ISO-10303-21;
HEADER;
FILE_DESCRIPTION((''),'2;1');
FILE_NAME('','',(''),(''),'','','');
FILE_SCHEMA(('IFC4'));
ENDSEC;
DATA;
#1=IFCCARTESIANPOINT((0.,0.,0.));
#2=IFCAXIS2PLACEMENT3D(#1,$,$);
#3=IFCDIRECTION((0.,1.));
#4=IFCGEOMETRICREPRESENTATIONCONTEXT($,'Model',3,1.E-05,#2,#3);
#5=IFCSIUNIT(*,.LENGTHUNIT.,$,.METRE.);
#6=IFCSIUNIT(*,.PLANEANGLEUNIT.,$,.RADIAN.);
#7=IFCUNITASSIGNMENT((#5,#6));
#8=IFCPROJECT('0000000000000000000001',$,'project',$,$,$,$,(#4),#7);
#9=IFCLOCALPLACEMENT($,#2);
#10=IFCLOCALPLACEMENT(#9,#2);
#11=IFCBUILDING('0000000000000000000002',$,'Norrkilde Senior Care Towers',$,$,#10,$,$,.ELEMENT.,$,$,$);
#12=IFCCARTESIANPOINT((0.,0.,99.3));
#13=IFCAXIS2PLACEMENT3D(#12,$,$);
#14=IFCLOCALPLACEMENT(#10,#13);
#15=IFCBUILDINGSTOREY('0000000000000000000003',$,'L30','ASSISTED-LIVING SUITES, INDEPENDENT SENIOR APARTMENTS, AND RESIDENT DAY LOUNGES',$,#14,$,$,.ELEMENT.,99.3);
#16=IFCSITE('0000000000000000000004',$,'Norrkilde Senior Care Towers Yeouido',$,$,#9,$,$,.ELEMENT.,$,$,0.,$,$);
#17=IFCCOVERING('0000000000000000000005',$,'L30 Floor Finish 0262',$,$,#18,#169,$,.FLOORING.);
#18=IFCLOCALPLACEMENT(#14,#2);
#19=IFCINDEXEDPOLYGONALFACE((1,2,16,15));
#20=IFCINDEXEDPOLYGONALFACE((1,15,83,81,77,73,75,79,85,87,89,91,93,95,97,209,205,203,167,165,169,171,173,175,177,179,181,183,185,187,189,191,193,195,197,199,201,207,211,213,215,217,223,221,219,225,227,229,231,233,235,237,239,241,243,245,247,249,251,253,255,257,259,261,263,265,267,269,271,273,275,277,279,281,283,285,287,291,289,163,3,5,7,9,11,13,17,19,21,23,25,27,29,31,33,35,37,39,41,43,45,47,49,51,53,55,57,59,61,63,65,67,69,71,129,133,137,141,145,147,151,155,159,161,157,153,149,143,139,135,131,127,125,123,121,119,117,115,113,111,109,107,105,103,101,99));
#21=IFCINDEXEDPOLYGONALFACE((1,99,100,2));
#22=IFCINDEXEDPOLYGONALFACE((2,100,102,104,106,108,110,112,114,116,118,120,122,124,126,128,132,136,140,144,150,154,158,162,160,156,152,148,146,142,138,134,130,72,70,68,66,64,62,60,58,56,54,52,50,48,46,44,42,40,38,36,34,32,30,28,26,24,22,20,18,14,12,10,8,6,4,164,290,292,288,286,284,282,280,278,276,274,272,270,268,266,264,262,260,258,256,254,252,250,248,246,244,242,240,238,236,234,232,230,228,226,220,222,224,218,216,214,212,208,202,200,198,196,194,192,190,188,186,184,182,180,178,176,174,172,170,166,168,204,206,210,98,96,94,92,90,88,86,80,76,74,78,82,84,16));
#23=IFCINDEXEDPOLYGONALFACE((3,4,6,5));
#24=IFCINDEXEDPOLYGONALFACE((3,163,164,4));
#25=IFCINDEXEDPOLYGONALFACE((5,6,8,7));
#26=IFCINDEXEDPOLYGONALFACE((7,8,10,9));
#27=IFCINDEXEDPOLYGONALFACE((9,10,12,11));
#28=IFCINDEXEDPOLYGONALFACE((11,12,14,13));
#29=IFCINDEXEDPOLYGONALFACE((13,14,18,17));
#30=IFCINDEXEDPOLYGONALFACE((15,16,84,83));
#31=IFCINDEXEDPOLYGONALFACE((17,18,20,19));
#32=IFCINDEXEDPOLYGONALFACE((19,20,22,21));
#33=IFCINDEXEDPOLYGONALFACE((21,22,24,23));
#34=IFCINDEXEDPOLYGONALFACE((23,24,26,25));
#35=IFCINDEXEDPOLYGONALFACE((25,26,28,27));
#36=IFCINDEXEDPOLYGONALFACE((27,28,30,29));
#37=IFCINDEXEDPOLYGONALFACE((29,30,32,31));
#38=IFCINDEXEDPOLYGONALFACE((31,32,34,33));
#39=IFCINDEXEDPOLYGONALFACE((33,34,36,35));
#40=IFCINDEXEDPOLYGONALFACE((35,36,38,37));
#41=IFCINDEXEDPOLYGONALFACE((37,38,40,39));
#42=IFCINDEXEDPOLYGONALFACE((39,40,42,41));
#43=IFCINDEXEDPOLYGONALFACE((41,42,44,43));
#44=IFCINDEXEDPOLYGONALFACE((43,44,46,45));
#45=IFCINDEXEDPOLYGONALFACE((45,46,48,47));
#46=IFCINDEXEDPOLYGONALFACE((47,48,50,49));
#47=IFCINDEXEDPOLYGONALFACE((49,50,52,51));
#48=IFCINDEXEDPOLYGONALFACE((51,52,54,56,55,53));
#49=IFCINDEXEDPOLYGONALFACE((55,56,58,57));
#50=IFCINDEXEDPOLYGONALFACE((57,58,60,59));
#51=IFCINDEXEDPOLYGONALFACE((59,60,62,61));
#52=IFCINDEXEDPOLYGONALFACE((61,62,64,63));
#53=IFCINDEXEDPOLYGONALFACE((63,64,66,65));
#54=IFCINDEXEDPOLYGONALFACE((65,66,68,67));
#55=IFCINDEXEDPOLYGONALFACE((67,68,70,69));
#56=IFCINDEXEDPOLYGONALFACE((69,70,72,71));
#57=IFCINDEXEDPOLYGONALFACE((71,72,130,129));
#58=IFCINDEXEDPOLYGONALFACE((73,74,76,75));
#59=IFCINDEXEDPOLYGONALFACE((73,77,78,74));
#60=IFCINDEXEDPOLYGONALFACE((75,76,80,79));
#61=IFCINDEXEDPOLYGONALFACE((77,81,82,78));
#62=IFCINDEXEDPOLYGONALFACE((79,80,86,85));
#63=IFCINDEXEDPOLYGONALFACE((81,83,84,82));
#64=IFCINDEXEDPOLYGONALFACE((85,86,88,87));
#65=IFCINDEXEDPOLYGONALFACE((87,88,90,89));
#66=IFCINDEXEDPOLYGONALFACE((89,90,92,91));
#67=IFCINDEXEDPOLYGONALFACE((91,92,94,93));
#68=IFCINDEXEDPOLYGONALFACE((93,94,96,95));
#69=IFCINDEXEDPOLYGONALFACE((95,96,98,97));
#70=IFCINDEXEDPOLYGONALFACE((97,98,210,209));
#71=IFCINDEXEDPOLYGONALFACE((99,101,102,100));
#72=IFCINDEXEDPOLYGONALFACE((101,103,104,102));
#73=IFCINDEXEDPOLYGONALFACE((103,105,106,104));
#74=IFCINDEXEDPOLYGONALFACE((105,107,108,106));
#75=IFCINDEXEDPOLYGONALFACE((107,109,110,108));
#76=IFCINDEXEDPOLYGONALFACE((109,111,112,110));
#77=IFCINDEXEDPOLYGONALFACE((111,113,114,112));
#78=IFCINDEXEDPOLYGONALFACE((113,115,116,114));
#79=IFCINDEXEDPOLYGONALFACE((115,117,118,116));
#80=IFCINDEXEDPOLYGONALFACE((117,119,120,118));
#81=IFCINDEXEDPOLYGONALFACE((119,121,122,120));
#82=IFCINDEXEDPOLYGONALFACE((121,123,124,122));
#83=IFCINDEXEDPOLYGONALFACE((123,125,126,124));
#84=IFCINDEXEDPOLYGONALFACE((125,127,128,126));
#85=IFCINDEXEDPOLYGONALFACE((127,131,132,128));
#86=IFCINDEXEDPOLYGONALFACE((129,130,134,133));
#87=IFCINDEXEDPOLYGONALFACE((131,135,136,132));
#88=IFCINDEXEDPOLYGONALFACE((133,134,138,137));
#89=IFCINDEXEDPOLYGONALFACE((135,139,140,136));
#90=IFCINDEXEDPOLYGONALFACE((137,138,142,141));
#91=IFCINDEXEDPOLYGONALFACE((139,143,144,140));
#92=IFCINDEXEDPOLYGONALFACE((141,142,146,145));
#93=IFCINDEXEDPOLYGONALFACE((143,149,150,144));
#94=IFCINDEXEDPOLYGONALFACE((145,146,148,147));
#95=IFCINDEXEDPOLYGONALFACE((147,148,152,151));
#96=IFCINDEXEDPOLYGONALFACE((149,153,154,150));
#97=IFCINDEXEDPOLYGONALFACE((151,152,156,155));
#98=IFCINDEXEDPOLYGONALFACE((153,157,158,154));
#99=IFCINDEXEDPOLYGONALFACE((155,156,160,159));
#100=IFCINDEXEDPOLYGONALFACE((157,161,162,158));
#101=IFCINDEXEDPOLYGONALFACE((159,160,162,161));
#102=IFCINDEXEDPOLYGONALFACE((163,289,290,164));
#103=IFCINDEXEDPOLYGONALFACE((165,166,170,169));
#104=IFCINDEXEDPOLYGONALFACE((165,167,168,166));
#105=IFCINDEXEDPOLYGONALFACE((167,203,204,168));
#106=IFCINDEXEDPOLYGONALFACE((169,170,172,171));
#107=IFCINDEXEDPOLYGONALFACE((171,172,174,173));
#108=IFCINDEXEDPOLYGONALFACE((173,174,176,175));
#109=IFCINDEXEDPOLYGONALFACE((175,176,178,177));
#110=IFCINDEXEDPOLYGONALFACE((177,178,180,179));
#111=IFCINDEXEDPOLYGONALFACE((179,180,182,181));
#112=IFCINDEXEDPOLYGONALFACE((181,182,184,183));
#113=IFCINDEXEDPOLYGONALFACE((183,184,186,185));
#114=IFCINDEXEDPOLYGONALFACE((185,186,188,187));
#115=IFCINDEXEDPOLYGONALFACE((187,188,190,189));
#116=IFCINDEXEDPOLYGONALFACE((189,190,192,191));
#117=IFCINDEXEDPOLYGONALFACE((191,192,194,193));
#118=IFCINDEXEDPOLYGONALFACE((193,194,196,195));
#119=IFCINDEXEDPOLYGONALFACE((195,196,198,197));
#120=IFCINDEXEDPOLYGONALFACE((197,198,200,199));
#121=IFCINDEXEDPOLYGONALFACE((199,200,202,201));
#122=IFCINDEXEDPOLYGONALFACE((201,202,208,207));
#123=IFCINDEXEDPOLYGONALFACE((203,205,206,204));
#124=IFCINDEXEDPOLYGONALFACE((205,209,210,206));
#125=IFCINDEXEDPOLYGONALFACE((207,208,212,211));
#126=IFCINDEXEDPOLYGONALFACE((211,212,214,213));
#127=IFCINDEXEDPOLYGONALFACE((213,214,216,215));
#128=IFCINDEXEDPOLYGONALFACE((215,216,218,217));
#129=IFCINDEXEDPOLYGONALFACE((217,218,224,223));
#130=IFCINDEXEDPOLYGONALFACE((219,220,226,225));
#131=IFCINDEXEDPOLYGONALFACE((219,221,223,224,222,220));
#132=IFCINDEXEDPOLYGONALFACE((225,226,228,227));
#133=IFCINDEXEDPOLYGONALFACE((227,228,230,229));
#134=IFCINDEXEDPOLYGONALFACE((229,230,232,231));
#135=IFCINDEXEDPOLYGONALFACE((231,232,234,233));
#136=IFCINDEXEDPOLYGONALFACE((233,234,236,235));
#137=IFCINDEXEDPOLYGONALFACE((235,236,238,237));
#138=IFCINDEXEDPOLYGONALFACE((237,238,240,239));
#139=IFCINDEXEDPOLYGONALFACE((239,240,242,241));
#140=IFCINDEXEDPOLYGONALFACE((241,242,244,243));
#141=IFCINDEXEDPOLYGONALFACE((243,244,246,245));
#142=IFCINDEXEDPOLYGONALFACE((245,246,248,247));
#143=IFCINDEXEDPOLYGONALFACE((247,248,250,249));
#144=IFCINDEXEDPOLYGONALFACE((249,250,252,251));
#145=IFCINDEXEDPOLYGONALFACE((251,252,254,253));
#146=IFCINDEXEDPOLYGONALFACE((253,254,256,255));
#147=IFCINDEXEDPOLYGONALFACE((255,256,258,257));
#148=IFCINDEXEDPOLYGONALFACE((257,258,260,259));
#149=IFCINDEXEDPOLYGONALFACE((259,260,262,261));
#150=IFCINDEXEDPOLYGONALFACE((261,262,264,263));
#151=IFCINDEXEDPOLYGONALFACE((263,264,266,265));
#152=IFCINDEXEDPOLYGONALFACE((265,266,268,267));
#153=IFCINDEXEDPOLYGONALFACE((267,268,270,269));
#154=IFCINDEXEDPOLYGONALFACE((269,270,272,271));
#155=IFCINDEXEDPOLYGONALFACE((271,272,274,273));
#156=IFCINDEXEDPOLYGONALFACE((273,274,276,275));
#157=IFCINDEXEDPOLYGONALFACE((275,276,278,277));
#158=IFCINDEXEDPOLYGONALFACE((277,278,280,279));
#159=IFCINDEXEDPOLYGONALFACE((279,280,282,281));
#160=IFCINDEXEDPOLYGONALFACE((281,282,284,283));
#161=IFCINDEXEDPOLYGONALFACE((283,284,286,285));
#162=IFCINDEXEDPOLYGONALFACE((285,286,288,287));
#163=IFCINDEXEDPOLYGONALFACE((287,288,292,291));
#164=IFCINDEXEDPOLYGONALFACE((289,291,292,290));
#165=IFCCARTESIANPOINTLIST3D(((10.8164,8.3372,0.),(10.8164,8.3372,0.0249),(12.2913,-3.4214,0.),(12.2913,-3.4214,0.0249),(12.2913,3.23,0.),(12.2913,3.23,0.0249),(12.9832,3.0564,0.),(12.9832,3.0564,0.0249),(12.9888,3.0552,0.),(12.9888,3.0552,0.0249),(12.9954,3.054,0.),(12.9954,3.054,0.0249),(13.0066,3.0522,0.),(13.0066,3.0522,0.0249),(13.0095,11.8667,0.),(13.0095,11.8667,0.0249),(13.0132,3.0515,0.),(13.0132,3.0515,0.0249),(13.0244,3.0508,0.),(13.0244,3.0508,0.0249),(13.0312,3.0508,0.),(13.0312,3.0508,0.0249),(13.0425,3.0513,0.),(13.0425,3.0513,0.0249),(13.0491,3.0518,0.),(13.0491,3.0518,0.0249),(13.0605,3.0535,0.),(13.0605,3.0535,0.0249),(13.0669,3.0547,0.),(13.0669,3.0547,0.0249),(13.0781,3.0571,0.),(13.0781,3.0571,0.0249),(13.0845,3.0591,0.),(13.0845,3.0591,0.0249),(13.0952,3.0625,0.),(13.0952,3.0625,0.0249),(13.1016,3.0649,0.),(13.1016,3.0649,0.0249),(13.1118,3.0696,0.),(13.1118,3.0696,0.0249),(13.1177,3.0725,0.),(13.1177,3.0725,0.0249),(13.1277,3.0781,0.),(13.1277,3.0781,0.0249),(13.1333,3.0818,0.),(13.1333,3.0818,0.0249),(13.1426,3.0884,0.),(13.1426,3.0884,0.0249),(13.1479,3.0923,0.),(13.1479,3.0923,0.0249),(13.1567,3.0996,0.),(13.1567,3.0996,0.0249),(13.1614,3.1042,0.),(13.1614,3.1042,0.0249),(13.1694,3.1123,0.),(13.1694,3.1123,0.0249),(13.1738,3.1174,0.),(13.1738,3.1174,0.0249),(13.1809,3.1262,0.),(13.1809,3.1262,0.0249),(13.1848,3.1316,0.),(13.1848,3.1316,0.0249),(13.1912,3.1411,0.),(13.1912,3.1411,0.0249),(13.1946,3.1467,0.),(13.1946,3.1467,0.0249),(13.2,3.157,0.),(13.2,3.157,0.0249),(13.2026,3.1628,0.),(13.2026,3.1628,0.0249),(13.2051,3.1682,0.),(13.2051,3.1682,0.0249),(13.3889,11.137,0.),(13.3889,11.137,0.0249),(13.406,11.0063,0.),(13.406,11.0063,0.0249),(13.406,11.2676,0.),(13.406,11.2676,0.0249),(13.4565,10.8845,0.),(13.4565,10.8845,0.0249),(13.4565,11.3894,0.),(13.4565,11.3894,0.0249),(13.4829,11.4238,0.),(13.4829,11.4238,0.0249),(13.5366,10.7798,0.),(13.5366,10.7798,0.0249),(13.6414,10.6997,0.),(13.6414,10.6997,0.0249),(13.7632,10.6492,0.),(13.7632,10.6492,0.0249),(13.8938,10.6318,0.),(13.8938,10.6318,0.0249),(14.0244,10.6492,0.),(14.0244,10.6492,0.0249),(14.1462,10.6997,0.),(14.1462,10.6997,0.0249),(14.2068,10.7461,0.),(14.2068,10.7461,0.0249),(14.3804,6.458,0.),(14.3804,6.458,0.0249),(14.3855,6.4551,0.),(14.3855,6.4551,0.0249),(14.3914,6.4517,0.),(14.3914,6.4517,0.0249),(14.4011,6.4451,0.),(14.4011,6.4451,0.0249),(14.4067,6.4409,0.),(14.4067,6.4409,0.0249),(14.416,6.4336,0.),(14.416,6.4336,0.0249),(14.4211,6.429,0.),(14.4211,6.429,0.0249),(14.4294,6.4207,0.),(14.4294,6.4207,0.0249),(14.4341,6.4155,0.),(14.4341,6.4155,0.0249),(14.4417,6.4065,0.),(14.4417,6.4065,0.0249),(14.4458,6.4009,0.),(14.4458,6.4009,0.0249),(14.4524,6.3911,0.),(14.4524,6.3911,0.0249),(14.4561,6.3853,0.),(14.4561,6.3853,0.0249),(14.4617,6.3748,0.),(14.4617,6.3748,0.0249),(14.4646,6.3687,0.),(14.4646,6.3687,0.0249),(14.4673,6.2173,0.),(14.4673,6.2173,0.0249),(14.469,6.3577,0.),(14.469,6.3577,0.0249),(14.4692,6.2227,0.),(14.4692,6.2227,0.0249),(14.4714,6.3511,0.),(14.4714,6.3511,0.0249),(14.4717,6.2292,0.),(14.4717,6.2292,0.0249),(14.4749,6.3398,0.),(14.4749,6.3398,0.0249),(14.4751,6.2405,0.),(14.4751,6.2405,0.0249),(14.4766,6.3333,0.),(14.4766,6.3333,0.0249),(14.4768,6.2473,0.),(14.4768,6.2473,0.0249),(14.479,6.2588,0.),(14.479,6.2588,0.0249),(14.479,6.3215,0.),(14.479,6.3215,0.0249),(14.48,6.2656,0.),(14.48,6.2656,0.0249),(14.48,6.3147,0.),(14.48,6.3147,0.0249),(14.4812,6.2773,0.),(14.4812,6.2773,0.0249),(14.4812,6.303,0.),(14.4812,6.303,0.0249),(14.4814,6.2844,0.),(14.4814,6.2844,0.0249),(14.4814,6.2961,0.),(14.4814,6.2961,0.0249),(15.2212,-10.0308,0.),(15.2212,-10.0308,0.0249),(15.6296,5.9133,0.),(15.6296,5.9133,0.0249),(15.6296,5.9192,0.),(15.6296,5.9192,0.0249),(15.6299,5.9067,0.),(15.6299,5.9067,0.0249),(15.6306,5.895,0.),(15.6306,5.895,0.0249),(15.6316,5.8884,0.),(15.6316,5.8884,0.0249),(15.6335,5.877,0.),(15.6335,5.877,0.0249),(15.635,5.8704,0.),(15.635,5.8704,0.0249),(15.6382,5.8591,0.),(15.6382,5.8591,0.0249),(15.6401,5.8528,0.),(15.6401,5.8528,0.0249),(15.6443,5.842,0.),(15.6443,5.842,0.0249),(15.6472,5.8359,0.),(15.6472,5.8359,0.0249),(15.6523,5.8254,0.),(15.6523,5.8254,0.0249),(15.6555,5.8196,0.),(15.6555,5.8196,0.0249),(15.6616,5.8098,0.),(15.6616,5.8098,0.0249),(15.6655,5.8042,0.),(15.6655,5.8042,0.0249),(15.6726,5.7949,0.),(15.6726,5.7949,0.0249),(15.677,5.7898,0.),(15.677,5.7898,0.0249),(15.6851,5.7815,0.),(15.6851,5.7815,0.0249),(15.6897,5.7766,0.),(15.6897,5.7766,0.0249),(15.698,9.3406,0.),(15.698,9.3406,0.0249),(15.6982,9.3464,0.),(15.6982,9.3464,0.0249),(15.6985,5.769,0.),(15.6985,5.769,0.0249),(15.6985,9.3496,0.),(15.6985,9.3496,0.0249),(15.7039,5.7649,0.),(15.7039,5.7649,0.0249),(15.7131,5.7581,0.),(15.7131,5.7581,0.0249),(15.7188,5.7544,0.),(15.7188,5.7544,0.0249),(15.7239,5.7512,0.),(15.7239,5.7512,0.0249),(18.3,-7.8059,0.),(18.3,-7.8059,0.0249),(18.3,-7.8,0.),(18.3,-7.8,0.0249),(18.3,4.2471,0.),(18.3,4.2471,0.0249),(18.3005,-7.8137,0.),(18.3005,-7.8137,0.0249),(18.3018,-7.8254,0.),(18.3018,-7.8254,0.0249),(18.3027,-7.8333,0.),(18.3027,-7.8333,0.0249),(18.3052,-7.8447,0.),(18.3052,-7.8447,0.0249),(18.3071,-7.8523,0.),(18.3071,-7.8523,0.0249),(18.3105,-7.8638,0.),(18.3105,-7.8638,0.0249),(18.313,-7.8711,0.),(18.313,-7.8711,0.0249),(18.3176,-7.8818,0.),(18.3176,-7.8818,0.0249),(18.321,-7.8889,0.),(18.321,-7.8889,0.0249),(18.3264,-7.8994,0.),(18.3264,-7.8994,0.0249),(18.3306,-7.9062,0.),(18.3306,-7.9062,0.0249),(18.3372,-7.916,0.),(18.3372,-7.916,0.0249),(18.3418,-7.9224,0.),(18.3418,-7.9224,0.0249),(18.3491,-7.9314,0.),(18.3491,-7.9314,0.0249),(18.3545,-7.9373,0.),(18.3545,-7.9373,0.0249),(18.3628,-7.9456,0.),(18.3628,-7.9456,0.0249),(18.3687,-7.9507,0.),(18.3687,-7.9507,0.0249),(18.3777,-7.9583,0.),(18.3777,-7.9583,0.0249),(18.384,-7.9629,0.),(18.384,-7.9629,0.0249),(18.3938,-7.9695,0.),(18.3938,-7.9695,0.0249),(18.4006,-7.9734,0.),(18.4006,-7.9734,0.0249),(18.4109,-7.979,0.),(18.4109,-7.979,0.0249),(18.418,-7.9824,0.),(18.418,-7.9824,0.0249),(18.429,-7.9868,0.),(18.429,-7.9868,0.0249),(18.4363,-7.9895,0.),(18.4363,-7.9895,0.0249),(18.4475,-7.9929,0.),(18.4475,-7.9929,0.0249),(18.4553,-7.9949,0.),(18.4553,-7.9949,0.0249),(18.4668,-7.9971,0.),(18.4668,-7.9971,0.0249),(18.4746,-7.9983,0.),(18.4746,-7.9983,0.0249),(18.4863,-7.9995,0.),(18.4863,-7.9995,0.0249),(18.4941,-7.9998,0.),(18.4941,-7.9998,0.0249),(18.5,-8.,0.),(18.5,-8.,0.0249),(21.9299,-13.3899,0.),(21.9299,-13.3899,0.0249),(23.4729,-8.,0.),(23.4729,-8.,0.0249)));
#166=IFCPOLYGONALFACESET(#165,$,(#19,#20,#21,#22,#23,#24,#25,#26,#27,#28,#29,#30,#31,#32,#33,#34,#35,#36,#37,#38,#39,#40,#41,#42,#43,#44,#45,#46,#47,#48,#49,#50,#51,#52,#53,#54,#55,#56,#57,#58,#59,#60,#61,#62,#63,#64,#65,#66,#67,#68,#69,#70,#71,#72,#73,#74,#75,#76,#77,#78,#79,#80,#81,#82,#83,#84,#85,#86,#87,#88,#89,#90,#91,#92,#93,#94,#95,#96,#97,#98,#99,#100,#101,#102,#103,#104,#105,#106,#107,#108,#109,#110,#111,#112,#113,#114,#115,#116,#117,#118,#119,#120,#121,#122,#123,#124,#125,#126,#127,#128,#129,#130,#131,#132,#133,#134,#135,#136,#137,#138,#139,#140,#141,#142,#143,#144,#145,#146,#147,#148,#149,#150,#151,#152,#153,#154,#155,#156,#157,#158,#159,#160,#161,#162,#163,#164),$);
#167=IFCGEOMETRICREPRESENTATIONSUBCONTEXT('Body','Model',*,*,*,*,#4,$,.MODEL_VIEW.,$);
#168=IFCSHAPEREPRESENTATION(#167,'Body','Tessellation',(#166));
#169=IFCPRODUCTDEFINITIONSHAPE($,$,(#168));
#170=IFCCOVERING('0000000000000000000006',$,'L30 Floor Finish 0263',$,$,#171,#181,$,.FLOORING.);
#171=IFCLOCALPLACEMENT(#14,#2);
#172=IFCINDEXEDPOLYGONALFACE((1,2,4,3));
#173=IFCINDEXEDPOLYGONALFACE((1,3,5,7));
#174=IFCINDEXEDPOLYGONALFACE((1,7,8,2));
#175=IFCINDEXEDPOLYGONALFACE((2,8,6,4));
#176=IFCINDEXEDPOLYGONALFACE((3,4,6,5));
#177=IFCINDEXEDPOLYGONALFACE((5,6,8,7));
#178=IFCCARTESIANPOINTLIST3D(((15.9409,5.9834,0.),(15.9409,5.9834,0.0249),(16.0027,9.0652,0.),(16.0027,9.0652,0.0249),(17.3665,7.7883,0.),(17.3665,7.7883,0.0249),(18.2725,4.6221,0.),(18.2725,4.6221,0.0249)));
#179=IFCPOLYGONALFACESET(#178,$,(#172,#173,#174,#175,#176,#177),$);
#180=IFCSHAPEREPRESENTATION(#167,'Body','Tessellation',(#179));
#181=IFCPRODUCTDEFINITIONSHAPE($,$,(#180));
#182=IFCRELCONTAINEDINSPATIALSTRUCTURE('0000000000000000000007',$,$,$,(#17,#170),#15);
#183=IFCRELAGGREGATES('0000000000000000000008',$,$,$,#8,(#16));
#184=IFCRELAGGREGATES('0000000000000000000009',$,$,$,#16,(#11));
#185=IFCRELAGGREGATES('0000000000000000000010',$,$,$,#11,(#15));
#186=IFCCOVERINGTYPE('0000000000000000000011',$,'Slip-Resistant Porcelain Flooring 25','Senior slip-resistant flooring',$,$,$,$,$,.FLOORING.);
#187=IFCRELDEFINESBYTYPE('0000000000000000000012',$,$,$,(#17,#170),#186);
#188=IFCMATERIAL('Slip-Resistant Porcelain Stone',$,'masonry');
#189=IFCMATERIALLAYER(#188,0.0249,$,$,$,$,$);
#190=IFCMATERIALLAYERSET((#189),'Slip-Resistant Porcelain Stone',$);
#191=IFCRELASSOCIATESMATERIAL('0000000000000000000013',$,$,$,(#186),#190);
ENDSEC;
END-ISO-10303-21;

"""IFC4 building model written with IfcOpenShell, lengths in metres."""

from ifc_helpers import new_model, si_unit, direction, frame, origin, place, context, subcontext, project, spatial, polyline, outline, extrude, material, layer, layer_set, type_object, element, save


model = new_model("IFC4")

# Units and contexts
model_context = context("Model", 3, precision=1e-05, world=origin(), true_north=direction((0.0, 1.0)))
body_context = subcontext(model_context, "Body", "Model", "MODEL_VIEW")
ifc_project = project(units=[si_unit("LENGTHUNIT", "METRE"), si_unit("PLANEANGLEUNIT", "RADIAN")], contexts=[model_context])

# Site, building, storey
site_placement = place(None, origin())
site = spatial("IfcSite", under=ifc_project, at=site_placement, Name="Norrkilde Senior Care Towers Yeouido", CompositionType="ELEMENT", RefElevation=0.0)
building_placement = place(site_placement, origin())
building = spatial("IfcBuilding", under=site, at=building_placement, Name="Norrkilde Senior Care Towers", CompositionType="ELEMENT")
storey_placement = place(building_placement, frame((0.0, 0.0, 99.3)))
storey = spatial("IfcBuildingStorey", under=building, at=storey_placement, Name="L30", Description="ASSISTED-LIVING SUITES, INDEPENDENT SENIOR APARTMENTS, AND RESIDENT DAY LOUNGES", CompositionType="ELEMENT", Elevation=99.3)

# Coverings
ifc_material_1 = material(Name="Slip-Resistant Porcelain Stone", Category="masonry")
ifc_layer_1 = layer(ifc_material_1, 0.0249)
ifc_layer_set_1 = layer_set([ifc_layer_1], Name="Slip-Resistant Porcelain Stone")
covering_type_1 = type_object("IfcCoveringType", Name="Slip-Resistant Porcelain Flooring 25", Description="Senior slip-resistant flooring", PredefinedType="FLOORING", material=ifc_layer_set_1)
covering_1_placement = place(storey_placement, origin())
element("IfcCovering", 1, at=covering_1_placement, inside=storey, type_object=covering_type_1, Name="L30 Floor Finish 0262", PredefinedType="FLOORING", context=body_context, shape_type="SweptSolid", body=[
    extrude(outline(polyline([(15.6299, 5.9067), (15.6306, 5.895), (15.6316, 5.8884), (15.6335, 5.877), (15.635, 5.8704), (15.6382, 5.8591), (15.6401, 5.8528), (15.6443, 5.842), (15.6472, 5.8359), (15.6523, 5.8254), (15.6555, 5.8196), (15.6616, 5.8098), (15.6655, 5.8042), (15.6726, 5.7949), (15.677, 5.7898), (15.6851, 5.7815), (15.6897, 5.7766), (15.6985, 5.769), (15.7039, 5.7649), (15.7131, 5.7581), (15.7188, 5.7544), (15.7239, 5.7512), (18.3, 4.2471), (18.3, -7.8), (18.3, -7.8059), (18.3005, -7.8137), (18.3018, -7.8254), (18.3027, -7.8333), (18.3052, -7.8447), (18.3071, -7.8523), (18.3105, -7.8638), (18.313, -7.8711), (18.3176, -7.8818), (18.321, -7.8889), (18.3264, -7.8994), (18.3306, -7.9062), (18.3372, -7.916), (18.3418, -7.9224), (18.3491, -7.9314), (18.3545, -7.9373), (18.3628, -7.9456), (18.3687, -7.9507), (18.3777, -7.9583), (18.384, -7.9629), (18.3938, -7.9695), (18.4006, -7.9734), (18.4109, -7.979), (18.418, -7.9824), (18.429, -7.9868), (18.4363, -7.9895), (18.4475, -7.9929), (18.4553, -7.9949), (18.4668, -7.9971), (18.4746, -7.9983), (18.4863, -7.9995), (18.4941, -7.9998), (18.5, -8.0), (23.4729, -8.0), (21.9299, -13.3899), (15.2212, -10.0308), (12.2913, -3.4214), (12.2913, 3.23), (12.9832, 3.0564), (12.9888, 3.0552), (12.9954, 3.054), (13.0066, 3.0522), (13.0132, 3.0515), (13.0244, 3.0508), (13.0312, 3.0508), (13.0425, 3.0513), (13.0491, 3.0518), (13.0605, 3.0535), (13.0669, 3.0547), (13.0781, 3.0571), (13.0845, 3.0591), (13.0952, 3.0625), (13.1016, 3.0649), (13.1118, 3.0696), (13.1177, 3.0725), (13.1277, 3.0781), (13.1333, 3.0818), (13.1426, 3.0884), (13.1479, 3.0923), (13.1567, 3.0996), (13.1614, 3.1042), (13.1694, 3.1123), (13.1738, 3.1174), (13.1809, 3.1262), (13.1848, 3.1316), (13.1912, 3.1411), (13.1946, 3.1467), (13.2, 3.157), (13.2026, 3.1628), (13.2051, 3.1682), (14.4673, 6.2173), (14.4692, 6.2227), (14.4717, 6.2292), (14.4751, 6.2405), (14.4768, 6.2473), (14.479, 6.2588), (14.48, 6.2656), (14.4812, 6.2773), (14.4814, 6.2844), (14.4814, 6.2961), (14.4812, 6.303), (14.48, 6.3147), (14.479, 6.3215), (14.4766, 6.3333), (14.4749, 6.3398), (14.4714, 6.3511), (14.469, 6.3577), (14.4646, 6.3687), (14.4617, 6.3748), (14.4561, 6.3853), (14.4524, 6.3911), (14.4458, 6.4009), (14.4417, 6.4065), (14.4341, 6.4155), (14.4294, 6.4207), (14.4211, 6.429), (14.416, 6.4336), (14.4067, 6.4409), (14.4011, 6.4451), (14.3914, 6.4517), (14.3855, 6.4551), (14.3804, 6.458), (10.8164, 8.3372), (13.0095, 11.8667), (13.4829, 11.4238), (13.4565, 11.3894), (13.406, 11.2676), (13.3889, 11.137), (13.406, 11.0063), (13.4565, 10.8845), (13.5366, 10.7798), (13.6414, 10.6997), (13.7632, 10.6492), (13.8938, 10.6318), (14.0244, 10.6492), (14.1462, 10.6997), (14.2068, 10.7461), (15.6985, 9.3496), (15.6982, 9.3464), (15.698, 9.3406), (15.6296, 5.9192), (15.6296, 5.9133), (15.6299, 5.9067)])), origin(), (0.0, 0.0, 1.0), 0.0249),
])
covering_2_placement = place(storey_placement, origin())
element("IfcCovering", 2, at=covering_2_placement, inside=storey, type_object=covering_type_1, Name="L30 Floor Finish 0263", PredefinedType="FLOORING", context=body_context, shape_type="SweptSolid", body=[
    extrude(outline(polyline([(16.0027, 9.0652), (17.3665, 7.7883), (18.2725, 4.6221), (15.9409, 5.9834), (16.0027, 9.0652)])), origin(), (0.0, 0.0, 1.0), 0.0249),
])

save(model, "model.ifc")
